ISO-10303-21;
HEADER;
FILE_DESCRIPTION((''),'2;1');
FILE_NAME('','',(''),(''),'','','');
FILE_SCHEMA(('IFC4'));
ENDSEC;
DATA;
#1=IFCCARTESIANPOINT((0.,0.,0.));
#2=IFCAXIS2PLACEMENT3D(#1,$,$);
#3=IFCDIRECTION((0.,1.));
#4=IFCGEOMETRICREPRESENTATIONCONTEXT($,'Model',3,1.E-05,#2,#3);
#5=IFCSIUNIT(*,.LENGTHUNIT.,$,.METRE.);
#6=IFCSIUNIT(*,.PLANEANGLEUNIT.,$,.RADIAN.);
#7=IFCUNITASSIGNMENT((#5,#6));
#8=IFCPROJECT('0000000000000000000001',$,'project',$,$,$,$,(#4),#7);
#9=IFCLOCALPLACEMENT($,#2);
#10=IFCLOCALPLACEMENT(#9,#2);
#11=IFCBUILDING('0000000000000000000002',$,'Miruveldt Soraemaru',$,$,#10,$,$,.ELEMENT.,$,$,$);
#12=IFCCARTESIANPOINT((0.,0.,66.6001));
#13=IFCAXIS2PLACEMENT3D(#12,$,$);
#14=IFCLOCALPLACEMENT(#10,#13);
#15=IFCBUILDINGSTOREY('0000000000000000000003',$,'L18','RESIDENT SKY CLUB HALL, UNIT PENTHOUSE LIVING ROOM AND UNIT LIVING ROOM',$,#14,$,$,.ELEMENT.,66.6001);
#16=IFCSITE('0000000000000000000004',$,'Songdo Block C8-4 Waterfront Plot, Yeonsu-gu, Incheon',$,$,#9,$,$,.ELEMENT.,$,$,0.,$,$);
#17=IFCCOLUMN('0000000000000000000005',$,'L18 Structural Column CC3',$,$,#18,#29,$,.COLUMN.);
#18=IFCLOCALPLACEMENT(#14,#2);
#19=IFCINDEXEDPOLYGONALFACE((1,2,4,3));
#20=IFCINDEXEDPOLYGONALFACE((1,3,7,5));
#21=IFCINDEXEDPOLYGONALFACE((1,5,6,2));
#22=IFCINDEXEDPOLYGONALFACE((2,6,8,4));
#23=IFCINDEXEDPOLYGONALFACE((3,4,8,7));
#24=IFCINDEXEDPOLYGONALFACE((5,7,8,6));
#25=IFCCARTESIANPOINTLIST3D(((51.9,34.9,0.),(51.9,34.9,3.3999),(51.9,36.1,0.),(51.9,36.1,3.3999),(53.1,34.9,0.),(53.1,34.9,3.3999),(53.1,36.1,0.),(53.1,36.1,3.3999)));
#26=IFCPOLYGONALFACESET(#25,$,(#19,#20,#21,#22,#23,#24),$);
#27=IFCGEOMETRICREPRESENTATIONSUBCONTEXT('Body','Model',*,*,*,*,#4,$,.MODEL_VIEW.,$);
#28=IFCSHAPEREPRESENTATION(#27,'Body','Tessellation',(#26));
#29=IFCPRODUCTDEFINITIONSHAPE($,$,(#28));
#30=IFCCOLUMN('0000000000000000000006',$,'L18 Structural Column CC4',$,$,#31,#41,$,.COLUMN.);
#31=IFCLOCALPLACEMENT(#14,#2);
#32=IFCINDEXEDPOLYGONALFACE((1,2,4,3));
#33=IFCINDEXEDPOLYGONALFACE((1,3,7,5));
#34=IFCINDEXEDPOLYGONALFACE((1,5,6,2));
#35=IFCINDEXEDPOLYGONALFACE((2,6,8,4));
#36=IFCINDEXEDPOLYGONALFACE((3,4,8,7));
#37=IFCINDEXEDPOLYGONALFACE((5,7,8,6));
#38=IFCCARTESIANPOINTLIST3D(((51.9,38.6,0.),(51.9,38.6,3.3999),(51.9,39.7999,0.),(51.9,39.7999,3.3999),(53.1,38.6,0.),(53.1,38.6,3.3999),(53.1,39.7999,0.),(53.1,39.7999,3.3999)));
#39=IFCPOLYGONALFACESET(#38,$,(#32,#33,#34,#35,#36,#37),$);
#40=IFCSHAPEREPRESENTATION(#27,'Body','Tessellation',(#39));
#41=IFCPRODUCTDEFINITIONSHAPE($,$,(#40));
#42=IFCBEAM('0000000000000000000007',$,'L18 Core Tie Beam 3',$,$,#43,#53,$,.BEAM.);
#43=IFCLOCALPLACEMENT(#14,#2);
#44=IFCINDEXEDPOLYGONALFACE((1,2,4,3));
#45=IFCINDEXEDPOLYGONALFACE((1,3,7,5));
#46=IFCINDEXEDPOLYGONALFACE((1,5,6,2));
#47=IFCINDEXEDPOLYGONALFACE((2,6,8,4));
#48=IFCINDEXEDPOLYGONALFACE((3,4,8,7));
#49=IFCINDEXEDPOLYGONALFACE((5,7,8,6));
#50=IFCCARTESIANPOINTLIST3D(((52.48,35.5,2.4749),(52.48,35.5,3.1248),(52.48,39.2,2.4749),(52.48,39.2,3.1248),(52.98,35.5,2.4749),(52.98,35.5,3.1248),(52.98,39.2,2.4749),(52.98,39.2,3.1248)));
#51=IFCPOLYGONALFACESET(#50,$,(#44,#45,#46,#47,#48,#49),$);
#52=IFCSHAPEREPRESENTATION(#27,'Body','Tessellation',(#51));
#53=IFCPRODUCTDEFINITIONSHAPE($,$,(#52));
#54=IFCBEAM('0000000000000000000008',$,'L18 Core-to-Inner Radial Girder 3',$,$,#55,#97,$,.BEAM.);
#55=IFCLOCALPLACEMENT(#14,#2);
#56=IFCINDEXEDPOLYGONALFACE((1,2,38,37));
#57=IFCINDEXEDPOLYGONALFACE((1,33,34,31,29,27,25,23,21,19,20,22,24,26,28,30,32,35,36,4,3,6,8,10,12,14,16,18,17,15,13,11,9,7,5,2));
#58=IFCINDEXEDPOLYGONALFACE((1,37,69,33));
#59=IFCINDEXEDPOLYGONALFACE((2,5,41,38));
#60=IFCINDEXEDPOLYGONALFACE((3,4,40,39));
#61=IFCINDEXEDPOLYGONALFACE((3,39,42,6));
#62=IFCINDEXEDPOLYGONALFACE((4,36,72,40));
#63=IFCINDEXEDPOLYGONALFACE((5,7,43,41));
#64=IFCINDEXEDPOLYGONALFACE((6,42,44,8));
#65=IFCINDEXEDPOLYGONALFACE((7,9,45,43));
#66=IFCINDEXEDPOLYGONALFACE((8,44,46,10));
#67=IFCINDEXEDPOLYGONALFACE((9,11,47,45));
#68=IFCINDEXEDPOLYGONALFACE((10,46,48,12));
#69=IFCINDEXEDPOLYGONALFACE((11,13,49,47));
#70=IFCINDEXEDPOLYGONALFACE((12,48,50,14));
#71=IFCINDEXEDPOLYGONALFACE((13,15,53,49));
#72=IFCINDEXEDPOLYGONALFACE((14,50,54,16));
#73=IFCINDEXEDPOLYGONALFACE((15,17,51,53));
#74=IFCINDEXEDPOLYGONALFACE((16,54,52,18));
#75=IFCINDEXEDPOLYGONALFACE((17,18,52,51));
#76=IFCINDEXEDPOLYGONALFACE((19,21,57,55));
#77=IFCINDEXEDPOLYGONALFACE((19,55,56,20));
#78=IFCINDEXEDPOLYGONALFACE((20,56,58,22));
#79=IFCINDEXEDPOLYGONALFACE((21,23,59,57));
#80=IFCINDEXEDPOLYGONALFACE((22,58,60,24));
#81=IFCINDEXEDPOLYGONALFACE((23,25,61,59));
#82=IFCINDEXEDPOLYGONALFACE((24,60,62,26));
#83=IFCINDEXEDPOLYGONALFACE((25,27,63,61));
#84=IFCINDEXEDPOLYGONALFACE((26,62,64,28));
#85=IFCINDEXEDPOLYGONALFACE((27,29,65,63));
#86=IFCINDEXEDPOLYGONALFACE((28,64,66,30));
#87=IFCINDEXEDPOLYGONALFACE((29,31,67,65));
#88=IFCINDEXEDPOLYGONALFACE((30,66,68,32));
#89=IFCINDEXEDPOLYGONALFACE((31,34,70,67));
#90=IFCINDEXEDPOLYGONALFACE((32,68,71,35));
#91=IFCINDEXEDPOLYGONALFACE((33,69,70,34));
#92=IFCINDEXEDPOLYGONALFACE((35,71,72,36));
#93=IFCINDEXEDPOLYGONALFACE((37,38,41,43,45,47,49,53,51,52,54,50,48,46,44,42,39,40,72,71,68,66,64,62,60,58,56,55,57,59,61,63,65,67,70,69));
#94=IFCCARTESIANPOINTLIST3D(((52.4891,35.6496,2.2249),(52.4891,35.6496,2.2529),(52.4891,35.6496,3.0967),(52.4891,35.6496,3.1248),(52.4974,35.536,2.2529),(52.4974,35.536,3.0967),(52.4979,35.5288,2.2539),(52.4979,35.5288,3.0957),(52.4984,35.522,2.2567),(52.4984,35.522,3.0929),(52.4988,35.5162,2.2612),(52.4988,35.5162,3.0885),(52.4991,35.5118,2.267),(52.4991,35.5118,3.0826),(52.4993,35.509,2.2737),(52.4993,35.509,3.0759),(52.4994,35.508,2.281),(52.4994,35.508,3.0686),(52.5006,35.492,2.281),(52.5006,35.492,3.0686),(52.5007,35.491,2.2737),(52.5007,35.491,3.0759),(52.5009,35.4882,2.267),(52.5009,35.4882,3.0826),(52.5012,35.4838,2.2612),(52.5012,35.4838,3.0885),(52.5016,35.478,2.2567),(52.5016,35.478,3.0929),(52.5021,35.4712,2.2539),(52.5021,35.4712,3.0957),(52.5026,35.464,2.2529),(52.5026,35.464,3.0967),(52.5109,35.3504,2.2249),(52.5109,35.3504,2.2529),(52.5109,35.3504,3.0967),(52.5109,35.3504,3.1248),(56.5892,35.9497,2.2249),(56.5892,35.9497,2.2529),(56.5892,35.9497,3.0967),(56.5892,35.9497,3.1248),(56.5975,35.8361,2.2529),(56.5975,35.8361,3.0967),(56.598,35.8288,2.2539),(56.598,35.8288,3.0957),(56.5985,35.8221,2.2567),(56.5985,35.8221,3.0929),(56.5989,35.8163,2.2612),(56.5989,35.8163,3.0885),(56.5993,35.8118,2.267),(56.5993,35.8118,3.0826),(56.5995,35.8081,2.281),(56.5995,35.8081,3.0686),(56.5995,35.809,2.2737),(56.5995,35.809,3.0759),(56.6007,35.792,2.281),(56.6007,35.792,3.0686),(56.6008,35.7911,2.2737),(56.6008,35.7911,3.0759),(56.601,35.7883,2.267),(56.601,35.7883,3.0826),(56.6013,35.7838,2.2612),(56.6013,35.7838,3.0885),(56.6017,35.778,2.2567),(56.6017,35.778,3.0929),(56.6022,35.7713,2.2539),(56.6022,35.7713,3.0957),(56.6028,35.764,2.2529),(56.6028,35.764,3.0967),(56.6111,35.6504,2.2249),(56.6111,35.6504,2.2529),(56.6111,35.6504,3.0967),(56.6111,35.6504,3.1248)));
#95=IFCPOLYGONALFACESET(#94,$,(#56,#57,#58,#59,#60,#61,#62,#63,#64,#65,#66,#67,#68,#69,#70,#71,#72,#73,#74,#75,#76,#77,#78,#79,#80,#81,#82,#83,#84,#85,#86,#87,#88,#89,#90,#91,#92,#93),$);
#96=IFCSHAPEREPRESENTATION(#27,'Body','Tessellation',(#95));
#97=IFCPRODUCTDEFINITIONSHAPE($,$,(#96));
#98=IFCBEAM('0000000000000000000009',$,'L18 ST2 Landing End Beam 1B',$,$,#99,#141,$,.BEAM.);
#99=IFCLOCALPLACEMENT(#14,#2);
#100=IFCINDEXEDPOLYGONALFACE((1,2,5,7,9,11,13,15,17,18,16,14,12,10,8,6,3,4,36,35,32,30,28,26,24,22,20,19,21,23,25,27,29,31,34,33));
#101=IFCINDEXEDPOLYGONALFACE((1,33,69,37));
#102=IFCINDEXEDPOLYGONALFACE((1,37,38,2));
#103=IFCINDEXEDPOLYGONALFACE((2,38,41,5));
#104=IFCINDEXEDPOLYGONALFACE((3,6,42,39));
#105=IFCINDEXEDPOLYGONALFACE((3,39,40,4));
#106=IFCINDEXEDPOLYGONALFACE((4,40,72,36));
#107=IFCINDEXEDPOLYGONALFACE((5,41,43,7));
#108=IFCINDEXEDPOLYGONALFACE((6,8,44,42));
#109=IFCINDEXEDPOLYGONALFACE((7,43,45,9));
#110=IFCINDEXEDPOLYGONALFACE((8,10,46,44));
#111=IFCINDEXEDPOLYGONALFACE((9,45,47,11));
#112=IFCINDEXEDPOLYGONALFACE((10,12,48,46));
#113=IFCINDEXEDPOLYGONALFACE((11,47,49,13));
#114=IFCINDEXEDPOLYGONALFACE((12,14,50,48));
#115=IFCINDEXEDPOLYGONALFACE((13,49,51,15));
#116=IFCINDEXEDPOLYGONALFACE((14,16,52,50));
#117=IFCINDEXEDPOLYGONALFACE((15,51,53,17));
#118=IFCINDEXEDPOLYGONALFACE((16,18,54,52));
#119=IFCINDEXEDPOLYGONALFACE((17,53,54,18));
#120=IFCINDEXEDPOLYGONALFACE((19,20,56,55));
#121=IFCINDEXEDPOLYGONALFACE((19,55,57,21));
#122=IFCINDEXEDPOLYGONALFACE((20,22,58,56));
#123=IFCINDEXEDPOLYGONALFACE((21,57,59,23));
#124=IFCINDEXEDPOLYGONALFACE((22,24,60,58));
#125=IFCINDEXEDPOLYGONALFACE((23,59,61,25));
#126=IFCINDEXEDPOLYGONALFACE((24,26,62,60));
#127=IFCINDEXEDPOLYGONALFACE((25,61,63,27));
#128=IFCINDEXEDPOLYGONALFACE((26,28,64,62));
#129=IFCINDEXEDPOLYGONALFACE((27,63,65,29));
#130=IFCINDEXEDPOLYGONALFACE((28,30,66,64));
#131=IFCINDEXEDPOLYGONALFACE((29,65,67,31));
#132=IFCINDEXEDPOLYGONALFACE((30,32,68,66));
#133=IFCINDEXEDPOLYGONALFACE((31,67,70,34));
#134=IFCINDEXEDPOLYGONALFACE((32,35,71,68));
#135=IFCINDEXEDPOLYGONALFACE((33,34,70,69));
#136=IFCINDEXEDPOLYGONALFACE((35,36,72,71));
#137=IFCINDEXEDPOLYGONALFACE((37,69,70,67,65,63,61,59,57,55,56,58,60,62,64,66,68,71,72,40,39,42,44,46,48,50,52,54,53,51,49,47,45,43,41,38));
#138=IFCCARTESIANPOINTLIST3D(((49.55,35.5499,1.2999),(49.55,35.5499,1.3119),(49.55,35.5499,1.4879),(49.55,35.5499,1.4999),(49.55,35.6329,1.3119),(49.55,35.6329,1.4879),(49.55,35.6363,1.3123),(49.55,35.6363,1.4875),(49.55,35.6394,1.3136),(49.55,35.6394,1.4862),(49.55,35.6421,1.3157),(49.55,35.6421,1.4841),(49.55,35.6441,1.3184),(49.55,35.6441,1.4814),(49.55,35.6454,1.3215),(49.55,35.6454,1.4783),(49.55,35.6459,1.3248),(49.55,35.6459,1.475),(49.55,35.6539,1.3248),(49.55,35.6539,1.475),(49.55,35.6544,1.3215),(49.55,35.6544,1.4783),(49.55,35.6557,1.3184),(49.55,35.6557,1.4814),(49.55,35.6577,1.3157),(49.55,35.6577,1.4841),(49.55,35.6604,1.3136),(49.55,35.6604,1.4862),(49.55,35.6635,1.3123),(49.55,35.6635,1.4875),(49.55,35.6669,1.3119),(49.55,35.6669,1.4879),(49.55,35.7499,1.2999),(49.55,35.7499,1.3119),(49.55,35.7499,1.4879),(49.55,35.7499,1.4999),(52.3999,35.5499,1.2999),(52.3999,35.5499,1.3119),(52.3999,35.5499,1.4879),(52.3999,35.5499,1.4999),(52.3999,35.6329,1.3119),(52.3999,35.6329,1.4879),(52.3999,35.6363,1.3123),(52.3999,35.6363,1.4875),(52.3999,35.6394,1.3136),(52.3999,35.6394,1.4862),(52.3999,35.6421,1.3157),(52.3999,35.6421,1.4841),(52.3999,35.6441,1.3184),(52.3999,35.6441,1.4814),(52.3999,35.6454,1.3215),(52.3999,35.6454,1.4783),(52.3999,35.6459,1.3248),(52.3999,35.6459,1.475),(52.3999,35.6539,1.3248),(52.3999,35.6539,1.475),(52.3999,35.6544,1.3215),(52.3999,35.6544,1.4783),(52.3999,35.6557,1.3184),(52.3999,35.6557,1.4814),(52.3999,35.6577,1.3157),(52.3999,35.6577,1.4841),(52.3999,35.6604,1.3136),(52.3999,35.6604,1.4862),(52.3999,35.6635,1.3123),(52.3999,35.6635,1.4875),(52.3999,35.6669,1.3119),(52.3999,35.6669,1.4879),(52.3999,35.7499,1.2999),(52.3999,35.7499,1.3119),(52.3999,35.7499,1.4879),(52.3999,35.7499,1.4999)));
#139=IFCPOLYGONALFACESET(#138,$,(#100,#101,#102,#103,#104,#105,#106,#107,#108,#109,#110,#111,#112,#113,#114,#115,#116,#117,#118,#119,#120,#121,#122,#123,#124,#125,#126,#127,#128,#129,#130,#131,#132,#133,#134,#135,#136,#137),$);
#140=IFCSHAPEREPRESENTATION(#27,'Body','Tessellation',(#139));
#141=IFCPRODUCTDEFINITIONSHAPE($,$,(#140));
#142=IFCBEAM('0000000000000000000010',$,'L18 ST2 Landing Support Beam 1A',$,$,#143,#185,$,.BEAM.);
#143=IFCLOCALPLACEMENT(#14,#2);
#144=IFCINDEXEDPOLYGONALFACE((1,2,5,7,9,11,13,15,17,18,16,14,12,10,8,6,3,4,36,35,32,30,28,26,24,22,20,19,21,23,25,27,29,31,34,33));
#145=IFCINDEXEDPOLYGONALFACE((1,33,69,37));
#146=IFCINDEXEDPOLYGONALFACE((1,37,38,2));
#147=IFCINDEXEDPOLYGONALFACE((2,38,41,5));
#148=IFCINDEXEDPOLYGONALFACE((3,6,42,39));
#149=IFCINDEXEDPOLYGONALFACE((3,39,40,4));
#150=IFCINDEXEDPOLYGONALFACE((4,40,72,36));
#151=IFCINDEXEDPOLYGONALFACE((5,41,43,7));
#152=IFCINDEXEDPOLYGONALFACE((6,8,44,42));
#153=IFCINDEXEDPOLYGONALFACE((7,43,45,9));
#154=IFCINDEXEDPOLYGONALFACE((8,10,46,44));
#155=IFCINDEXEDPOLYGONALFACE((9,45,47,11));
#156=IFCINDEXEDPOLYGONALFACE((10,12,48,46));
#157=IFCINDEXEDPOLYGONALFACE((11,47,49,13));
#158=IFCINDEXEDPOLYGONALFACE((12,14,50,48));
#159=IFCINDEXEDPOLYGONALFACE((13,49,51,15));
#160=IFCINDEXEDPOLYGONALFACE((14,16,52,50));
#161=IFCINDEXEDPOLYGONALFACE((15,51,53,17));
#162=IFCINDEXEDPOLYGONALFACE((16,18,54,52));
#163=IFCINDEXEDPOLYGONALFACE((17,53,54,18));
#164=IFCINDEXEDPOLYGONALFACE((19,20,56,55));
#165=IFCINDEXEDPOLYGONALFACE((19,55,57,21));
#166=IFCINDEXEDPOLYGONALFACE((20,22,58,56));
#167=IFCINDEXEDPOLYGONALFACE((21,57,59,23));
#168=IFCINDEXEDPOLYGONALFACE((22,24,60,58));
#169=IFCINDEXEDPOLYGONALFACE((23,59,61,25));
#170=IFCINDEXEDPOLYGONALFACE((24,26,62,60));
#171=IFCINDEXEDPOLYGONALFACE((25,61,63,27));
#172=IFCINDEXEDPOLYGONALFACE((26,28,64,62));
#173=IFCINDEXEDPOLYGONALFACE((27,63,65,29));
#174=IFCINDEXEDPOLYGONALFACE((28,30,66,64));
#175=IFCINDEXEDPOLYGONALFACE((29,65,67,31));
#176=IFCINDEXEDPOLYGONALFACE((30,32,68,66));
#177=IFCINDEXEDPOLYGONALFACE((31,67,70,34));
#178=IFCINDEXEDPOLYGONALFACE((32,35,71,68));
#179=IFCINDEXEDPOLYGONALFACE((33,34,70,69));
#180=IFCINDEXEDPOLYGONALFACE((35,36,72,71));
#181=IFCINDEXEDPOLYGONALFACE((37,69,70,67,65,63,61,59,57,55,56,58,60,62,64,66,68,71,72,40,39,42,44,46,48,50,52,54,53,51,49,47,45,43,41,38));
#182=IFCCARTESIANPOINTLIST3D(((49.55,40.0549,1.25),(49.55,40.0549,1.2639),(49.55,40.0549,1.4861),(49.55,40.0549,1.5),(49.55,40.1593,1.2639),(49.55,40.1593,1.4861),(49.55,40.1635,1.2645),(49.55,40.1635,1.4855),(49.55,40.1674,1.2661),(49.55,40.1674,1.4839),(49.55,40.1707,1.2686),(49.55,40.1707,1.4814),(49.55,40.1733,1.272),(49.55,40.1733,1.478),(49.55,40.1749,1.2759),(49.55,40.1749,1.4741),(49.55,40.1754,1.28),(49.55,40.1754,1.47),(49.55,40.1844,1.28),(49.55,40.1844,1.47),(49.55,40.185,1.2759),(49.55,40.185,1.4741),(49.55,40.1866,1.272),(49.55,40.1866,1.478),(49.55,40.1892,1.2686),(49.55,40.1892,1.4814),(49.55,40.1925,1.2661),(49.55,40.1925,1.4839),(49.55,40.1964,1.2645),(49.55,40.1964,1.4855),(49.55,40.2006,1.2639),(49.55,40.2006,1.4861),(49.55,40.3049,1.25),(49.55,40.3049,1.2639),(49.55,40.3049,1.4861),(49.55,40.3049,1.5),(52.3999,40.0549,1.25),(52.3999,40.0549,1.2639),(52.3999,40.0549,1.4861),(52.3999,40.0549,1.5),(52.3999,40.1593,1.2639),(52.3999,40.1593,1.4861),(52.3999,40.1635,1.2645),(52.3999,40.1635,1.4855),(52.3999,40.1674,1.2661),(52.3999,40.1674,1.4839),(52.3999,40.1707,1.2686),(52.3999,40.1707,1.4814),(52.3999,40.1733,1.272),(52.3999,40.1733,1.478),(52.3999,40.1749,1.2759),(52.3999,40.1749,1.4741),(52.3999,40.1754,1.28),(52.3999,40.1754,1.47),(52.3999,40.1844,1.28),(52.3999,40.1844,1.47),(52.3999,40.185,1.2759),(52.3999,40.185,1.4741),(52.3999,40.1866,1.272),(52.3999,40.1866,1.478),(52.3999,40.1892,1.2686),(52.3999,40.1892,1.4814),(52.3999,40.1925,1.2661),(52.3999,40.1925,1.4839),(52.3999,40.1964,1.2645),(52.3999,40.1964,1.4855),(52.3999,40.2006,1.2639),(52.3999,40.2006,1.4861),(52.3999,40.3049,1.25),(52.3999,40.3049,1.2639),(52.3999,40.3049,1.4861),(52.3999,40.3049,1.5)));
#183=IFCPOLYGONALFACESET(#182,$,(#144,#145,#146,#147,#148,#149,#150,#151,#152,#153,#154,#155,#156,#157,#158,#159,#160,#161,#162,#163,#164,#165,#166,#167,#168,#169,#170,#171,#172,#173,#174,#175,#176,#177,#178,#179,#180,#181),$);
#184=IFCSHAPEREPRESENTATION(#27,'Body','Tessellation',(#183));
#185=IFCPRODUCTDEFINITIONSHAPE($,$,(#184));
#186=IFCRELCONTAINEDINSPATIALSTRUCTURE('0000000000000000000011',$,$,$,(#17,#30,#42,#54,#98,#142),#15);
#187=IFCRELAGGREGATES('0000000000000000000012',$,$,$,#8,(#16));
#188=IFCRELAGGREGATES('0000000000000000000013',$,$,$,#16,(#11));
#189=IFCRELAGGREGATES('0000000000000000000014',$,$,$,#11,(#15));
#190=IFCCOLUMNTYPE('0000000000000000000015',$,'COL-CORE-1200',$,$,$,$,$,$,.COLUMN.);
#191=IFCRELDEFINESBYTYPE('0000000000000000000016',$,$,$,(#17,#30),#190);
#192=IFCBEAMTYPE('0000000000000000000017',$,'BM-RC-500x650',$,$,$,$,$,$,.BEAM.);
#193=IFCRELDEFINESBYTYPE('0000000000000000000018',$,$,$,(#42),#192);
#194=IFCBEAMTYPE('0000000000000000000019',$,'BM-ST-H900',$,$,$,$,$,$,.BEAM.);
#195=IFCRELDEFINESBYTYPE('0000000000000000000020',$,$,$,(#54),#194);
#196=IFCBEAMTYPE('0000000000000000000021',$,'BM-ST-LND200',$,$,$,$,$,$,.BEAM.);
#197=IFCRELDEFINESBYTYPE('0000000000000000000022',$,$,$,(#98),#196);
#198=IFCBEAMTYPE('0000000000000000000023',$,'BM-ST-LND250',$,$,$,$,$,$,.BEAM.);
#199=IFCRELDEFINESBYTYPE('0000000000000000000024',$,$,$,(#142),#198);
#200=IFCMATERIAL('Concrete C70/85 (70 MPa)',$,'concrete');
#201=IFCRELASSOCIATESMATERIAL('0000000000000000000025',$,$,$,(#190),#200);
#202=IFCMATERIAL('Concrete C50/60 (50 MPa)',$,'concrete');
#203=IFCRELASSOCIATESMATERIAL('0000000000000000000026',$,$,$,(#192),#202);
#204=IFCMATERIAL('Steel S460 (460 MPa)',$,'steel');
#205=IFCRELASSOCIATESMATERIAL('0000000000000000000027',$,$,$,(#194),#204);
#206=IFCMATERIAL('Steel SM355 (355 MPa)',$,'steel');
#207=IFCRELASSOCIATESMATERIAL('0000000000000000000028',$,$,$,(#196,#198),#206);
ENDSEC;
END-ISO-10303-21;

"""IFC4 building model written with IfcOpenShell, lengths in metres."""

from ifc_helpers import new_model, si_unit, direction, frame, origin, origin_2d, place, context, subcontext, project, spatial, rectangle, i_section, extrude, material, material_profile, profile_set, type_object, element, save


model = new_model("IFC4")

# Units and contexts
model_context = context("Model", 3, precision=1e-05, world=origin(), true_north=direction((0.0, 1.0)))
body_context = subcontext(model_context, "Body", "Model", "MODEL_VIEW")
ifc_project = project(units=[si_unit("LENGTHUNIT", "METRE"), si_unit("PLANEANGLEUNIT", "RADIAN")], contexts=[model_context])

# Site, building, storey
site_placement = place(None, origin())
site = spatial("IfcSite", under=ifc_project, at=site_placement, Name="Songdo Block C8-4 Waterfront Plot, Yeonsu-gu, Incheon", CompositionType="ELEMENT", RefElevation=0.0)
building_placement = place(site_placement, origin())
building = spatial("IfcBuilding", under=site, at=building_placement, Name="Miruveldt Soraemaru", CompositionType="ELEMENT")
storey_placement = place(building_placement, frame((0.0, 0.0, 66.6001)))
storey = spatial("IfcBuildingStorey", under=building, at=storey_placement, Name="L18", Description="RESIDENT SKY CLUB HALL, UNIT PENTHOUSE LIVING ROOM AND UNIT LIVING ROOM", CompositionType="ELEMENT", Elevation=66.6001)

# Columns
ifc_material_1 = material(Name="Concrete C70/85 (70 MPa)", Category="concrete")
ifc_material_profile_1 = material_profile(ifc_material_1, rectangle(XDim=1.2, YDim=1.2, at=origin_2d()), Name="Concrete C70/85 (70 MPa)", Category="concrete")
ifc_profile_set_1 = profile_set([ifc_material_profile_1], Name="Concrete C70/85 (70 MPa)")
column_type = type_object("IfcColumnType", Name="COL-CORE-1200", PredefinedType="COLUMN", material=ifc_profile_set_1)
for number, where, z_axis, x_axis, name in (
    (1, (52.5, 35.5, 0.0), (0.0, 0.0, 1.0), (1.0, 0.0, 0.0), "L18 Structural Column CC3"),
    (2, (52.5, 39.2, 0.0), (0.0, 0.0, 1.0), (1.0, 0.0, 0.0), "L18 Structural Column CC4"),
):
    element("IfcColumn", number, at=place(storey_placement, frame(where, z_axis=z_axis, x_axis=x_axis)), inside=storey, type_object=column_type, Name=name, PredefinedType="COLUMN", context=body_context, shape_type="SweptSolid", body=[
        extrude(rectangle(XDim=1.2, YDim=1.2, at=origin_2d()), origin(), (0.0, 0.0, 1.0), 3.3999),
    ])

# Beams
ifc_material_2 = material(Name="Concrete C50/60 (50 MPa)", Category="concrete")
ifc_material_profile_2 = material_profile(ifc_material_2, rectangle(XDim=0.5, YDim=0.6499, at=origin_2d()), Name="Concrete C50/60 (50 MPa)", Category="concrete")
ifc_profile_set_2 = profile_set([ifc_material_profile_2], Name="Concrete C50/60 (50 MPa)")
beam_type_1 = type_object("IfcBeamType", Name="BM-RC-500x650", PredefinedType="BEAM", material=ifc_profile_set_2)
beam_1_placement = place(storey_placement, frame((52.73, 35.5, 2.7998), z_axis=(0.0, 1.0, 0.0), x_axis=(-1.0, 0.0, 0.0)))
element("IfcBeam", 3, at=beam_1_placement, inside=storey, type_object=beam_type_1, Name="L18 Core Tie Beam 3", PredefinedType="BEAM", context=body_context, shape_type="SweptSolid", body=[
    extrude(rectangle(XDim=0.5, YDim=0.6499, at=origin_2d()), origin(), (0.0, 0.0, 1.0), 3.7),
])
ifc_material_3 = material(Name="Steel S460 (460 MPa)", Category="steel")
ifc_material_profile_3 = material_profile(ifc_material_3, i_section(OverallWidth=0.3, OverallDepth=0.8999, WebThickness=0.0161, FlangeThickness=0.0281, FilletRadius=0.0281, at=origin_2d()), Name="Steel S460 (460 MPa)", Category="steel")
ifc_profile_set_3 = profile_set([ifc_material_profile_3], Name="Steel S460 (460 MPa)")
beam_type_2 = type_object("IfcBeamType", Name="BM-ST-H900", PredefinedType="BEAM", material=ifc_profile_set_3)
beam_2_placement = place(storey_placement, frame((52.5, 35.5, 2.6748), z_axis=(0.997333, 0.072986, 0.0), x_axis=(-0.072986, 0.997333, 0.0)))
element("IfcBeam", 4, at=beam_2_placement, inside=storey, type_object=beam_type_2, Name="L18 Core-to-Inner Radial Girder 3", PredefinedType="BEAM", context=body_context, shape_type="SweptSolid", body=[
    extrude(i_section(OverallWidth=0.3, OverallDepth=0.8999, WebThickness=0.0161, FlangeThickness=0.0281, FilletRadius=0.0281, at=origin_2d()), origin(), (0.0, 0.0, 1.0), 4.1111),
])
ifc_material_4 = material(Name="Steel SM355 (355 MPa)", Category="steel")
ifc_material_profile_4 = material_profile(ifc_material_4, i_section(OverallWidth=0.2, OverallDepth=0.2, WebThickness=0.0081, FlangeThickness=0.012, FilletRadius=0.0129, at=origin_2d()), Name="Steel SM355 (355 MPa)", Category="steel")
ifc_profile_set_4 = profile_set([ifc_material_profile_4], Name="Steel SM355 (355 MPa)")
beam_type_3 = type_object("IfcBeamType", Name="BM-ST-LND200", PredefinedType="BEAM", material=ifc_profile_set_4)
beam_3_placement = place(storey_placement, frame((49.55, 35.6499, 1.3999), z_axis=(1.0, 0.0, 0.0), x_axis=(0.0, 1.0, 0.0)))
element("IfcBeam", 5, at=beam_3_placement, inside=storey, type_object=beam_type_3, Name="L18 ST2 Landing End Beam 1B", PredefinedType="BEAM", context=body_context, shape_type="SweptSolid", body=[
    extrude(i_section(OverallWidth=0.2, OverallDepth=0.2, WebThickness=0.0081, FlangeThickness=0.012, FilletRadius=0.0129, at=origin_2d()), origin(), (0.0, 0.0, 1.0), 2.8499),
])
ifc_material_profile_5 = material_profile(ifc_material_4, i_section(OverallWidth=0.25, OverallDepth=0.25, WebThickness=0.009, FlangeThickness=0.0139, FilletRadius=0.0161, at=origin_2d()), Name="Steel SM355 (355 MPa)", Category="steel")
ifc_profile_set_5 = profile_set([ifc_material_profile_5], Name="Steel SM355 (355 MPa)")
beam_type_4 = type_object("IfcBeamType", Name="BM-ST-LND250", PredefinedType="BEAM", material=ifc_profile_set_5)
beam_4_placement = place(storey_placement, frame((49.55, 40.1799, 1.375), z_axis=(1.0, 0.0, 0.0), x_axis=(0.0, 1.0, 0.0)))
element("IfcBeam", 6, at=beam_4_placement, inside=storey, type_object=beam_type_4, Name="L18 ST2 Landing Support Beam 1A", PredefinedType="BEAM", context=body_context, shape_type="SweptSolid", body=[
    extrude(i_section(OverallWidth=0.25, OverallDepth=0.25, WebThickness=0.009, FlangeThickness=0.0139, FilletRadius=0.0161, at=origin_2d()), origin(), (0.0, 0.0, 1.0), 2.8499),
])

save(model, "model.ifc")
